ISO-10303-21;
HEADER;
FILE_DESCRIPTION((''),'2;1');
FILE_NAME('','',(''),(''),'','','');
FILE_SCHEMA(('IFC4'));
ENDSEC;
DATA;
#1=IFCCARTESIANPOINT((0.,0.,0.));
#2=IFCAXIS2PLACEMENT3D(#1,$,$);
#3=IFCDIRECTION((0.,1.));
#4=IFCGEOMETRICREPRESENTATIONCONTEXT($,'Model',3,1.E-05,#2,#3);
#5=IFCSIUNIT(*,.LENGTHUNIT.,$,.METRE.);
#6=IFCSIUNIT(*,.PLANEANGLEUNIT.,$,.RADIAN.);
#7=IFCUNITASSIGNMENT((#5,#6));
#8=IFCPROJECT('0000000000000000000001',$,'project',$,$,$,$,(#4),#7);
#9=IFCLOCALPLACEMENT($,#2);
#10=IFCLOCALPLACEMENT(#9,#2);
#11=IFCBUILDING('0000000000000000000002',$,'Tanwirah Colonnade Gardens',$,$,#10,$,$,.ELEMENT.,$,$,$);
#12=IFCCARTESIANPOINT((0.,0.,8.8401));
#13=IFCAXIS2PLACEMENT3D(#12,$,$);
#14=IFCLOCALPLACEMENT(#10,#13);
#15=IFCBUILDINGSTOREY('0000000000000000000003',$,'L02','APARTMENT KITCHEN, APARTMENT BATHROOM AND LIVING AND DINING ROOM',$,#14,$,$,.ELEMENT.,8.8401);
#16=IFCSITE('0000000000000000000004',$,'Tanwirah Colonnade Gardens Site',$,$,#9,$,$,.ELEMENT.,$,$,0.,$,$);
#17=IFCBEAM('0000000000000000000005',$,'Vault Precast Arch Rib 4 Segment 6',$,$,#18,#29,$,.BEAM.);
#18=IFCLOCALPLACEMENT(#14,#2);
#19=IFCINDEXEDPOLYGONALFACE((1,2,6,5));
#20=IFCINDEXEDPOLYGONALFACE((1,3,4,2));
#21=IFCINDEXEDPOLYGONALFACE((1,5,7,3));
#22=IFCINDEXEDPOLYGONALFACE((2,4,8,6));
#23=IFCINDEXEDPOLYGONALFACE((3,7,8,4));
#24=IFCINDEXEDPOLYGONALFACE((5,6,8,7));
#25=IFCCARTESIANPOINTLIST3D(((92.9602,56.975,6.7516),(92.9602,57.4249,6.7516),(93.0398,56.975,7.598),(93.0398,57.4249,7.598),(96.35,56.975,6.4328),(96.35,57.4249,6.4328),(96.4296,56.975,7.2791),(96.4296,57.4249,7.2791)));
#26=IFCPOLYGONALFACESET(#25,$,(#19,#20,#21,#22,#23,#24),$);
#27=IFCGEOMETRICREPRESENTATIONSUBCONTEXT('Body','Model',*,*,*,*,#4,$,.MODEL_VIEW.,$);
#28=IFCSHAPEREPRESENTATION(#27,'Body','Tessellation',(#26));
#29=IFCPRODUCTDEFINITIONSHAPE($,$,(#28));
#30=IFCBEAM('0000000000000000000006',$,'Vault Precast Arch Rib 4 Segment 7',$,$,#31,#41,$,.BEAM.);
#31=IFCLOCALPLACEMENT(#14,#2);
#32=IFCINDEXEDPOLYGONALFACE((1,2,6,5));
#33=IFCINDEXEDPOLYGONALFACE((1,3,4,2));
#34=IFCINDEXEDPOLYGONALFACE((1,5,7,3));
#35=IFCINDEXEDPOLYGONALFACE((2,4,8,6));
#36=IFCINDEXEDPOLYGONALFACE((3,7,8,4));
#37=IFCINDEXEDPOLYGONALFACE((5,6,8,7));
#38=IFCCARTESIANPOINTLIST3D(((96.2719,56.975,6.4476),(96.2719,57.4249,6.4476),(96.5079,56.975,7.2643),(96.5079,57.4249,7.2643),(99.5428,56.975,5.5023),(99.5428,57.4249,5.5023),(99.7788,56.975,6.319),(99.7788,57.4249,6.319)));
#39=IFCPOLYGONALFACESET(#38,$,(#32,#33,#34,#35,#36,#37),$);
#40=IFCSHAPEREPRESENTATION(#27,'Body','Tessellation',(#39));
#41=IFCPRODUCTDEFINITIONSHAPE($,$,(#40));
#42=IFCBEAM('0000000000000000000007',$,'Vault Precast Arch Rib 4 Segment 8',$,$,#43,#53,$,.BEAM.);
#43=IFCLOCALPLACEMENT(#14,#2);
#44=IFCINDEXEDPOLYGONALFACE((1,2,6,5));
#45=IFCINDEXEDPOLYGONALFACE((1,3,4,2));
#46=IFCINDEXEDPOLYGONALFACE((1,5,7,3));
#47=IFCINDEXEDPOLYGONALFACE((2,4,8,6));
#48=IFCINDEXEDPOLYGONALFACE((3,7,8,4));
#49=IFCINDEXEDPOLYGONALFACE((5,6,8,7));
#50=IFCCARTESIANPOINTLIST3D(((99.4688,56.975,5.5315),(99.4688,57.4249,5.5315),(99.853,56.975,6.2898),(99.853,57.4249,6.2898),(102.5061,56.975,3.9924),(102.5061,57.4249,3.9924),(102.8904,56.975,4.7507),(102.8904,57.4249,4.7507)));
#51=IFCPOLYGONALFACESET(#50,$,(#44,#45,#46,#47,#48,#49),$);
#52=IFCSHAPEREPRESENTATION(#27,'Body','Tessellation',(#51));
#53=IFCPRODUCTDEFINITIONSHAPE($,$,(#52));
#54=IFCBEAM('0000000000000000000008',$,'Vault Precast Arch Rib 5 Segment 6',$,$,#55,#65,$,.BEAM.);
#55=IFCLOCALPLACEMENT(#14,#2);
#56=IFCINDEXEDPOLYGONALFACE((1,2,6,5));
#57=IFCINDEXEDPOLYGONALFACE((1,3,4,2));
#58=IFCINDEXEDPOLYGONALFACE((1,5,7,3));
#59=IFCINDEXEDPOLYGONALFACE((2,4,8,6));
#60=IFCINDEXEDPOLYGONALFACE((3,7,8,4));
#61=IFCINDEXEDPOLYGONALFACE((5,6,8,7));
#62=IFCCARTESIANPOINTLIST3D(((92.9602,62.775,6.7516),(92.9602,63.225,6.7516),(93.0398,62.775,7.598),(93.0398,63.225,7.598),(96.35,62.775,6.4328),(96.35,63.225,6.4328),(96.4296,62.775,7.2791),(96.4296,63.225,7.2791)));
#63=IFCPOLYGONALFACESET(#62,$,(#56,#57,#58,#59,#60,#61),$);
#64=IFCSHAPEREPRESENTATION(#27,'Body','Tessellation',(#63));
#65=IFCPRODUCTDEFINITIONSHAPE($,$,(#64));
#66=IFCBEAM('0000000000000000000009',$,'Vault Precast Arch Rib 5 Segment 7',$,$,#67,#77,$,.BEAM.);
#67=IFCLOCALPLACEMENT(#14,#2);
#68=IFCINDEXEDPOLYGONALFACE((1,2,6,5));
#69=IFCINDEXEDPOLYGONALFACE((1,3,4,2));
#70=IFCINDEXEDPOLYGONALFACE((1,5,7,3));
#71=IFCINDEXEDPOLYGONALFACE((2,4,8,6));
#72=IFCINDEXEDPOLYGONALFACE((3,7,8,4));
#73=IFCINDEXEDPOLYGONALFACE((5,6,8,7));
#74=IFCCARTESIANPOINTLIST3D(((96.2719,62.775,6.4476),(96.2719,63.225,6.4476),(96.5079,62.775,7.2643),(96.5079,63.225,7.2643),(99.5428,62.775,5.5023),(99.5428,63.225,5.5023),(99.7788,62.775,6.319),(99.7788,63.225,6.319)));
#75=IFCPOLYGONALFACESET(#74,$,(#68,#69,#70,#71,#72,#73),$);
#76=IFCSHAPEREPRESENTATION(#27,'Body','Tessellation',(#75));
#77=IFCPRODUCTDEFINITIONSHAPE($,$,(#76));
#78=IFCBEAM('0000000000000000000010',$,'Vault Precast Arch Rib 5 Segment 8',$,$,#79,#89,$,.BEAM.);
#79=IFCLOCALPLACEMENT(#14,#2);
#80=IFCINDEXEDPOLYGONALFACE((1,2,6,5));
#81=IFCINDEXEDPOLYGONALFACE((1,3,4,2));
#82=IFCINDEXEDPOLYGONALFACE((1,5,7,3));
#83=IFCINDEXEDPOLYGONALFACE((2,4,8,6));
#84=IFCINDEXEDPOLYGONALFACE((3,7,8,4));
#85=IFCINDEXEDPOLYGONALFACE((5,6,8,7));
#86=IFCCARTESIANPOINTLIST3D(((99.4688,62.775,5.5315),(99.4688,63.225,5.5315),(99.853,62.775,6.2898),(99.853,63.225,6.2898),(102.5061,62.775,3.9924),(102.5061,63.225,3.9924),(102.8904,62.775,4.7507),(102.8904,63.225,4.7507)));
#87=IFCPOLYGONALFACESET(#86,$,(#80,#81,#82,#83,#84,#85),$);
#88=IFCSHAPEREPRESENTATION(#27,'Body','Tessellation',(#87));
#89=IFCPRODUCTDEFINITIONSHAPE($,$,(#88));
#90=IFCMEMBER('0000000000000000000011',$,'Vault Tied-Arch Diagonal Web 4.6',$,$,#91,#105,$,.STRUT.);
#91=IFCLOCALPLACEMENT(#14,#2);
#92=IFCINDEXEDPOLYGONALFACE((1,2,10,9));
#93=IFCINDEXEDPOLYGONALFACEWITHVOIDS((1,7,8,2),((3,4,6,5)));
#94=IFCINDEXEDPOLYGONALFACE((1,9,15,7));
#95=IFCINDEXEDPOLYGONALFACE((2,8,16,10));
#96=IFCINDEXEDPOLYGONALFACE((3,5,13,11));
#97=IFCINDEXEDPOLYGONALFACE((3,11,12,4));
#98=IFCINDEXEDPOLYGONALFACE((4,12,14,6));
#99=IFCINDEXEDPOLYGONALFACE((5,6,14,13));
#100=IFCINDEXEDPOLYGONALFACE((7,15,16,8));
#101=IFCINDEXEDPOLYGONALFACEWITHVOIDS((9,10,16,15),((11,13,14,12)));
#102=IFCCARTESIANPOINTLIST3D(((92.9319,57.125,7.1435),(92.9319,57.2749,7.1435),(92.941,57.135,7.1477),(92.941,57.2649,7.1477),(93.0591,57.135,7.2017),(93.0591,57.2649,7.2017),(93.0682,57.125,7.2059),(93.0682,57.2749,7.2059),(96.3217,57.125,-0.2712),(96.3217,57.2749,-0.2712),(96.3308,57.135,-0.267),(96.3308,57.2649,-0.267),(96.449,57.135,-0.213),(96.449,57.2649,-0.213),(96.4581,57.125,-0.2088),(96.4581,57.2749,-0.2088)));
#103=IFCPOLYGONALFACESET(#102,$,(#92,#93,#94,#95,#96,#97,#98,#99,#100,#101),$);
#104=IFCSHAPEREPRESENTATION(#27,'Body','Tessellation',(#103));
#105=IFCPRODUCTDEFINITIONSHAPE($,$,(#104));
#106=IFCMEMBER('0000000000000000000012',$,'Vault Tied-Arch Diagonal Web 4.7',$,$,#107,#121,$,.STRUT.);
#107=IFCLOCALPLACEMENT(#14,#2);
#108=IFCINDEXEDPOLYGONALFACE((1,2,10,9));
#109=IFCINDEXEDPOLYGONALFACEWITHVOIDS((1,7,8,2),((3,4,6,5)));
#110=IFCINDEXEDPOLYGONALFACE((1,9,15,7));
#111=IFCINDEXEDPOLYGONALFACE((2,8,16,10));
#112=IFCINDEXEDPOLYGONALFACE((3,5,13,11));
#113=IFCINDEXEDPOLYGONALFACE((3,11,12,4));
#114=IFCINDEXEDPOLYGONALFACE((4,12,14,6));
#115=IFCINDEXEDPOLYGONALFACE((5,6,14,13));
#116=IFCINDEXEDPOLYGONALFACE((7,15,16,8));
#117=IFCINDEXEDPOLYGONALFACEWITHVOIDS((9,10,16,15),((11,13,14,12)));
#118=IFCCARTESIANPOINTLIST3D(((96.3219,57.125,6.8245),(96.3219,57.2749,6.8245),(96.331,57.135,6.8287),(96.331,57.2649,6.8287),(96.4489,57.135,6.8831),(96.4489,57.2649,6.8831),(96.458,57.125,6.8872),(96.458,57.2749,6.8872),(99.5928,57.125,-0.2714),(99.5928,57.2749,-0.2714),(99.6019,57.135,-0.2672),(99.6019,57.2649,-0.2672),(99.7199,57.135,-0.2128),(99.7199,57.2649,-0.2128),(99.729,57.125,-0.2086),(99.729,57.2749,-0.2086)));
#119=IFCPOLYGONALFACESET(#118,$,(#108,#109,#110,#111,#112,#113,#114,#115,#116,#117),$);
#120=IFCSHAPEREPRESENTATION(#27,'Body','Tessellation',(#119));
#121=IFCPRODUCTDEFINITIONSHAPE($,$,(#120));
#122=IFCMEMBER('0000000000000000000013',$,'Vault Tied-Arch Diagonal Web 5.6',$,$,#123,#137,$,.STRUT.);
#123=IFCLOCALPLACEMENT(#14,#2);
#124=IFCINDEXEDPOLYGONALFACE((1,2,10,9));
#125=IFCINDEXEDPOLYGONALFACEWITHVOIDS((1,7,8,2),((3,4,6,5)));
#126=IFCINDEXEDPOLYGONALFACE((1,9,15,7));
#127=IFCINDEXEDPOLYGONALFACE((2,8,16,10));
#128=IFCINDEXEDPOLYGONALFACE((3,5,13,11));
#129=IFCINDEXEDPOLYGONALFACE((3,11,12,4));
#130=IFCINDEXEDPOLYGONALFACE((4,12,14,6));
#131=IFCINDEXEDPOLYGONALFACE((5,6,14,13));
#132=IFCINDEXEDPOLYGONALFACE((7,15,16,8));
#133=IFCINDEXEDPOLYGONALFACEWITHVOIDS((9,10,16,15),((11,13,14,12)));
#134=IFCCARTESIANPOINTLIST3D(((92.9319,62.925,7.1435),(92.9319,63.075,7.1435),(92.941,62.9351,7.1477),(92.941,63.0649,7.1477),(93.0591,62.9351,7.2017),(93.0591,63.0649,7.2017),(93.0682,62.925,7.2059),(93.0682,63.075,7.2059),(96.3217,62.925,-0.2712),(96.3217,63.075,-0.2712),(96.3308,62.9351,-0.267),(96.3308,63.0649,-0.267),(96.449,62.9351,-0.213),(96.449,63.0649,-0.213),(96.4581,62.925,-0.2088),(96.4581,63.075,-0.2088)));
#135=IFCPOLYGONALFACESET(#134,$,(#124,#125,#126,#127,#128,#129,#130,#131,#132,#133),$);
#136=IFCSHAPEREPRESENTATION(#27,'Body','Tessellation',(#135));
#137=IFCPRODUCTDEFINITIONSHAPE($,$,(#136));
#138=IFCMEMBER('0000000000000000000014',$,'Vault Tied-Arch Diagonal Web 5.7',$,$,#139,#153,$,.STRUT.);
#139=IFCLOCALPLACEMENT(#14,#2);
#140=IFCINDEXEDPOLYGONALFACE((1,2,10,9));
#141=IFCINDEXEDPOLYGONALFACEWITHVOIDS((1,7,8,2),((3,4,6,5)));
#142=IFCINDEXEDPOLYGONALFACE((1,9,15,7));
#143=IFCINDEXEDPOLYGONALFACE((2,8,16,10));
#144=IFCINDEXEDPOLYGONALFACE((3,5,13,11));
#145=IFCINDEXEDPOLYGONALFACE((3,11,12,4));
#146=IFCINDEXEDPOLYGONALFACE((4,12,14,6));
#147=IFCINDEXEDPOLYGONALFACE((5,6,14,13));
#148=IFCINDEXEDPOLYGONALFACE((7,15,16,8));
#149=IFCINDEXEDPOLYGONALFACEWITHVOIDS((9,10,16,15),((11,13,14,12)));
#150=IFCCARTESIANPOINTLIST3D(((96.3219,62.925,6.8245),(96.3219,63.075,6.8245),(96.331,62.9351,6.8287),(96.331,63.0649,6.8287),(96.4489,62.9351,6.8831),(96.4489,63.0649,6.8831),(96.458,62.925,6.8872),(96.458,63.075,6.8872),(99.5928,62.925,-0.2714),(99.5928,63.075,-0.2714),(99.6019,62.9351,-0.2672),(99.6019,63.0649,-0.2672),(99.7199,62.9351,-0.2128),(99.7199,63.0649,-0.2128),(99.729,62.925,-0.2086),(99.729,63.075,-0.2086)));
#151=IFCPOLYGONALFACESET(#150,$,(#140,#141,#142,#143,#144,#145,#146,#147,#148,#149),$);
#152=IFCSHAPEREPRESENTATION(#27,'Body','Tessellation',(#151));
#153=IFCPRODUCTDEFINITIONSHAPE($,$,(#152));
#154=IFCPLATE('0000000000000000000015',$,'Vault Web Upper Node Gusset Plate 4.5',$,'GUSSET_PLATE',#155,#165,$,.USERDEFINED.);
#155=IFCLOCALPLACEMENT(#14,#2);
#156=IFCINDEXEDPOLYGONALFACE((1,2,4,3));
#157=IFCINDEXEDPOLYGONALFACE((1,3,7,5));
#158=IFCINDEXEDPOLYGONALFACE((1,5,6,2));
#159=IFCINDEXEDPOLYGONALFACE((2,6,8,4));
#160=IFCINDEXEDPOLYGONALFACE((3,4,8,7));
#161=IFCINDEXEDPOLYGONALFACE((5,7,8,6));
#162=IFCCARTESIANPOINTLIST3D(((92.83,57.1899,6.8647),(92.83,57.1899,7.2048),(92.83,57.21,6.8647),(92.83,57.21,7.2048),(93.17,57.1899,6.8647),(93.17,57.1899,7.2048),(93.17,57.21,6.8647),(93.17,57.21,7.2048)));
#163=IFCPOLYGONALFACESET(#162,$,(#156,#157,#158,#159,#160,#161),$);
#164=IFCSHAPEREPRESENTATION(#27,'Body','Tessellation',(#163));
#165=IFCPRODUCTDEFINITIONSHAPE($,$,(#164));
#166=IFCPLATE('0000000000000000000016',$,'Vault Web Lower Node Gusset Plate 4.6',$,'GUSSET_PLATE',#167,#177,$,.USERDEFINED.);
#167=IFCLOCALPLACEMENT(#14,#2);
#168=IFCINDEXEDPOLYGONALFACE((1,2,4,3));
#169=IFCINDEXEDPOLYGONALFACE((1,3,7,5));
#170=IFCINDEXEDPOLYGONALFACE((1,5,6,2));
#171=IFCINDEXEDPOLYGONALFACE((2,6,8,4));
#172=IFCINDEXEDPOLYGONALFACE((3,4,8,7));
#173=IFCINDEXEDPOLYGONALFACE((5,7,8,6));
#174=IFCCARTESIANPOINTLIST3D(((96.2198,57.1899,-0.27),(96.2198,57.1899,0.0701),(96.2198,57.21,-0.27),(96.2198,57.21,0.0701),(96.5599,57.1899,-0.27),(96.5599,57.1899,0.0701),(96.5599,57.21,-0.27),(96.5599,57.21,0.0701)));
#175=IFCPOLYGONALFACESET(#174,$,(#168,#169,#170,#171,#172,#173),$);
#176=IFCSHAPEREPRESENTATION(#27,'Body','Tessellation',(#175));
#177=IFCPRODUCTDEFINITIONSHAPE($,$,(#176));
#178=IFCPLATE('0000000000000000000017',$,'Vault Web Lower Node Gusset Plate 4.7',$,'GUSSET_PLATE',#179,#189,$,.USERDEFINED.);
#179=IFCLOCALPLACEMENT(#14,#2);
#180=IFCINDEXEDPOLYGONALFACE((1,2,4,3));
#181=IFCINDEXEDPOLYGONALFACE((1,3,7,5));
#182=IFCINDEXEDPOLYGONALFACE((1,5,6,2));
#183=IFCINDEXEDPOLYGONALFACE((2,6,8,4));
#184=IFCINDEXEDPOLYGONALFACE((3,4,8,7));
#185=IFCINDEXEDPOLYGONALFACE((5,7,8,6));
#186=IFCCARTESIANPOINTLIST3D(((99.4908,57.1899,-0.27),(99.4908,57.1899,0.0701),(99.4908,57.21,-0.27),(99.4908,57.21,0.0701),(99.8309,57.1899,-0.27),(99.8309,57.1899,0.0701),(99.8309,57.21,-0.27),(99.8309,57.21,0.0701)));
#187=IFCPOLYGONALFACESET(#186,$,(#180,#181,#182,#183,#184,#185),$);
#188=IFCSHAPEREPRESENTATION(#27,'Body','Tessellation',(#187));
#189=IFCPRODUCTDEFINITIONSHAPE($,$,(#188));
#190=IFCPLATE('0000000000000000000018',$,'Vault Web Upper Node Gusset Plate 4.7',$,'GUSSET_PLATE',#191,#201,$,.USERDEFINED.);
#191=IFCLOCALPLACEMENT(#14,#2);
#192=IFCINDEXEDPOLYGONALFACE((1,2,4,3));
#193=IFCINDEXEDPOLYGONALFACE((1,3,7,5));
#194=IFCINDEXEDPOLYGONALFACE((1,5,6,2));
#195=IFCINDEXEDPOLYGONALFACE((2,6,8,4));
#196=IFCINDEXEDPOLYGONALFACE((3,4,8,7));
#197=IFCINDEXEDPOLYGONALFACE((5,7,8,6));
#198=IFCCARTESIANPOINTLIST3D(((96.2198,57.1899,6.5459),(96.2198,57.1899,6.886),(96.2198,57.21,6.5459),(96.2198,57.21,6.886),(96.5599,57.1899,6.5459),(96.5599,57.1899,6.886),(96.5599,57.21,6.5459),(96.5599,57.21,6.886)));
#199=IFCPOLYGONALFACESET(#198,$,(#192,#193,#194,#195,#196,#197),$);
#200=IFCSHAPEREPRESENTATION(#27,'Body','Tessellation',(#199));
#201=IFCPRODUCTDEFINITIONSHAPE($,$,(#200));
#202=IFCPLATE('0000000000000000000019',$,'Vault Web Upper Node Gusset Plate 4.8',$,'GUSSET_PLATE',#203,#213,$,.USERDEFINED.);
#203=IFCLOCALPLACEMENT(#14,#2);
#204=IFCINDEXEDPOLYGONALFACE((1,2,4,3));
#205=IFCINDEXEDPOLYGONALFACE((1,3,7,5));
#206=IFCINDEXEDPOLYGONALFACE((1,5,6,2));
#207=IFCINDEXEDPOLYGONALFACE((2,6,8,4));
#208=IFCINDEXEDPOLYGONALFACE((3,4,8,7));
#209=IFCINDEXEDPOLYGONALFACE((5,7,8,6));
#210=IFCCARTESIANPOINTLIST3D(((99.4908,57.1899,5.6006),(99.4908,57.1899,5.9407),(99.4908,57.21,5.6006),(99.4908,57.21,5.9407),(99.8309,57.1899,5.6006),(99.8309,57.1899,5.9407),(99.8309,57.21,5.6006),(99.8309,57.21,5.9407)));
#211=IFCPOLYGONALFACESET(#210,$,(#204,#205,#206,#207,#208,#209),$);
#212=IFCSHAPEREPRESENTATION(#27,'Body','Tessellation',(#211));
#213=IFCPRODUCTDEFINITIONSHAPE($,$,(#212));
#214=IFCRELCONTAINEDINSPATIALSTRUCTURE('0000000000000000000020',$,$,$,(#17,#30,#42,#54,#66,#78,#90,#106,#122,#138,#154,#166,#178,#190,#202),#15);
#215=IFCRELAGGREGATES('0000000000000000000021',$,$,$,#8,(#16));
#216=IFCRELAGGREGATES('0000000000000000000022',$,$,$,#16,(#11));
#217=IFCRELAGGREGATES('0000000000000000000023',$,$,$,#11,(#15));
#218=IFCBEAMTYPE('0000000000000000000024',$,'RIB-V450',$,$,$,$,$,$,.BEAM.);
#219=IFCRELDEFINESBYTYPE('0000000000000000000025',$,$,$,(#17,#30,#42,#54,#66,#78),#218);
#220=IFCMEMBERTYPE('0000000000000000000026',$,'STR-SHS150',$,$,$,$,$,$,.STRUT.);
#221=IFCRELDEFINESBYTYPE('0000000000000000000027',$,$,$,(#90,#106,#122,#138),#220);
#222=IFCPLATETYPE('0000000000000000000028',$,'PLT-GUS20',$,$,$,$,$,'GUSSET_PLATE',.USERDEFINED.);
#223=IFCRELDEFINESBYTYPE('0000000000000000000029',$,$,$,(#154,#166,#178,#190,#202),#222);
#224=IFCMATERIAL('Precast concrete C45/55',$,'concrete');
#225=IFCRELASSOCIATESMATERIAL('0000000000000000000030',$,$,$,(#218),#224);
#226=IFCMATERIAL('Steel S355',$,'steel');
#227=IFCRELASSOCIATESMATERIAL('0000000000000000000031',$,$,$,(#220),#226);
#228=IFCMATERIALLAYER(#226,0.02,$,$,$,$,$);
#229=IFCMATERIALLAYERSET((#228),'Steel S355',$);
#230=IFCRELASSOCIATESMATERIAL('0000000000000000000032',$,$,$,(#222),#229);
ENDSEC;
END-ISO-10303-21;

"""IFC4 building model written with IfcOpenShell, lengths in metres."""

from ifc_helpers import new_model, si_unit, direction, frame, origin, origin_2d, place, context, subcontext, project, spatial, rectangle, hollow_rectangle, extrude, material, layer, layer_set, material_profile, profile_set, type_object, element, save


model = new_model("IFC4")

# Units and contexts
model_context = context("Model", 3, precision=1e-05, world=origin(), true_north=direction((0.0, 1.0)))
body_context = subcontext(model_context, "Body", "Model", "MODEL_VIEW")
ifc_project = project(units=[si_unit("LENGTHUNIT", "METRE"), si_unit("PLANEANGLEUNIT", "RADIAN")], contexts=[model_context])

# Site, building, storey
site_placement = place(None, origin())
site = spatial("IfcSite", under=ifc_project, at=site_placement, Name="Tanwirah Colonnade Gardens Site", CompositionType="ELEMENT", RefElevation=0.0)
building_placement = place(site_placement, origin())
building = spatial("IfcBuilding", under=site, at=building_placement, Name="Tanwirah Colonnade Gardens", CompositionType="ELEMENT")
storey_placement = place(building_placement, frame((0.0, 0.0, 8.8401)))
storey = spatial("IfcBuildingStorey", under=building, at=storey_placement, Name="L02", Description="APARTMENT KITCHEN, APARTMENT BATHROOM AND LIVING AND DINING ROOM", CompositionType="ELEMENT", Elevation=8.8401)

# Shared definitions
ifc_material_1 = material(Name="Steel S355", Category="steel")

# Beams
ifc_material_2 = material(Name="Precast concrete C45/55", Category="concrete")
ifc_material_profile_1 = material_profile(ifc_material_2, rectangle(XDim=0.45, YDim=0.8501, at=origin_2d()), Name="PC-RIB 450x850")
ifc_profile_set_1 = profile_set([ifc_material_profile_1], Name="Precast concrete C45/55")
beam_type = type_object("IfcBeamType", Name="RIB-V450", PredefinedType="BEAM", material=ifc_profile_set_1)
for number, where, z_axis, x_axis, name in (
    (1, (93.0, 57.2, 7.1748), (0.995606, 0.0, -0.093645), (0.0, 1.0, 0.0), "Vault Precast Arch Rib 4 Segment 6"),
    (2, (96.3899, 57.2, 6.856), (0.960686, 0.0, -0.277637), (0.0, 1.0, 0.0), "Vault Precast Arch Rib 4 Segment 7"),
):
    element("IfcBeam", number, at=place(storey_placement, frame(where, z_axis=z_axis, x_axis=x_axis)), inside=storey, type_object=beam_type, Name=name, PredefinedType="BEAM", context=body_context, shape_type="SweptSolid", body=[
        extrude(rectangle(XDim=0.45, YDim=0.8501, at=origin_2d()), origin(), (0.0, 0.0, 1.0), 3.4048),
    ])
beam_1_placement = place(storey_placement, frame((99.6609, 57.2, 5.9106), z_axis=(0.89202, 0.0, -0.451997), x_axis=(0.0, 1.0, 0.0)))
element("IfcBeam", 3, at=beam_1_placement, inside=storey, type_object=beam_type, Name="Vault Precast Arch Rib 4 Segment 8", PredefinedType="BEAM", context=body_context, shape_type="SweptSolid", body=[
    extrude(rectangle(XDim=0.45, YDim=0.8501, at=origin_2d()), origin(), (0.0, 0.0, 1.0), 3.405),
])
for number, where, z_axis, x_axis, name in (
    (4, (93.0, 63.0, 7.1748), (0.995606, 0.0, -0.093645), (0.0, 1.0, 0.0), "Vault Precast Arch Rib 5 Segment 6"),
    (5, (96.3899, 63.0, 6.856), (0.960686, 0.0, -0.277637), (0.0, 1.0, 0.0), "Vault Precast Arch Rib 5 Segment 7"),
):
    element("IfcBeam", number, at=place(storey_placement, frame(where, z_axis=z_axis, x_axis=x_axis)), inside=storey, type_object=beam_type, Name=name, PredefinedType="BEAM", context=body_context, shape_type="SweptSolid", body=[
        extrude(rectangle(XDim=0.45, YDim=0.8501, at=origin_2d()), origin(), (0.0, 0.0, 1.0), 3.4048),
    ])
beam_2_placement = place(storey_placement, frame((99.6609, 63.0, 5.9106), z_axis=(0.89202, 0.0, -0.451997), x_axis=(0.0, 1.0, 0.0)))
element("IfcBeam", 6, at=beam_2_placement, inside=storey, type_object=beam_type, Name="Vault Precast Arch Rib 5 Segment 8", PredefinedType="BEAM", context=body_context, shape_type="SweptSolid", body=[
    extrude(rectangle(XDim=0.45, YDim=0.8501, at=origin_2d()), origin(), (0.0, 0.0, 1.0), 3.405),
])

# Members
ifc_material_profile_2 = material_profile(ifc_material_1, hollow_rectangle(XDim=0.1499, YDim=0.1499, WallThickness=0.01, at=origin_2d()), Name="SHS 150x150x10")
ifc_profile_set_2 = profile_set([ifc_material_profile_2], Name="Steel S355")
member_type_1 = type_object("IfcMemberType", Name="STR-SHS150", PredefinedType="STRUT", material=ifc_profile_set_2)
member_1_placement = place(storey_placement, frame((96.3899, 57.2, -0.24), z_axis=(-0.415787, 0.0, 0.909462), x_axis=(0.0, -1.0, 0.0)))
element("IfcMember", 7, at=member_1_placement, inside=storey, type_object=member_type_1, Name="Vault Tied-Arch Diagonal Web 4.6", PredefinedType="STRUT", context=body_context, shape_type="SweptSolid", body=[
    extrude(hollow_rectangle(XDim=0.1499, YDim=0.1499, WallThickness=0.01, at=origin_2d()), origin(), (0.0, 0.0, 1.0), 8.1528),
])
member_2_placement = place(storey_placement, frame((99.6609, 57.2, -0.24), z_axis=(-0.41863, 0.0, 0.908157), x_axis=(0.0, -1.0, 0.0)))
element("IfcMember", 8, at=member_2_placement, inside=storey, type_object=member_type_1, Name="Vault Tied-Arch Diagonal Web 4.7", PredefinedType="STRUT", context=body_context, shape_type="SweptSolid", body=[
    extrude(hollow_rectangle(XDim=0.1499, YDim=0.1499, WallThickness=0.01, at=origin_2d()), origin(), (0.0, 0.0, 1.0), 7.8135),
])
member_3_placement = place(storey_placement, frame((96.3899, 63.0, -0.24), z_axis=(-0.415787, 0.0, 0.909462), x_axis=(0.0, -1.0, 0.0)))
element("IfcMember", 9, at=member_3_placement, inside=storey, type_object=member_type_1, Name="Vault Tied-Arch Diagonal Web 5.6", PredefinedType="STRUT", context=body_context, shape_type="SweptSolid", body=[
    extrude(hollow_rectangle(XDim=0.1499, YDim=0.1499, WallThickness=0.01, at=origin_2d()), origin(), (0.0, 0.0, 1.0), 8.1528),
])
member_4_placement = place(storey_placement, frame((99.6609, 63.0, -0.24), z_axis=(-0.41863, 0.0, 0.908157), x_axis=(0.0, -1.0, 0.0)))
element("IfcMember", 10, at=member_4_placement, inside=storey, type_object=member_type_1, Name="Vault Tied-Arch Diagonal Web 5.7", PredefinedType="STRUT", context=body_context, shape_type="SweptSolid", body=[
    extrude(hollow_rectangle(XDim=0.1499, YDim=0.1499, WallThickness=0.01, at=origin_2d()), origin(), (0.0, 0.0, 1.0), 7.8135),
])

# Plates
ifc_layer = layer(ifc_material_1, 0.02)
ifc_layer_set = layer_set([ifc_layer], Name="Steel S355")
plate_type = type_object("IfcPlateType", Name="PLT-GUS20", ElementType="GUSSET_PLATE", PredefinedType="USERDEFINED", material=ifc_layer_set)
for number, where, z_axis, x_axis, name in (
    (11, (93.0, 57.2, 6.8647), (0.0, 0.0, 1.0), (1.0, 0.0, 0.0), "Vault Web Upper Node Gusset Plate 4.5"),
    (12, (96.3899, 57.2, -0.27), (0.0, 0.0, 1.0), (1.0, 0.0, 0.0), "Vault Web Lower Node Gusset Plate 4.6"),
    (13, (99.6609, 57.2, -0.27), (0.0, 0.0, 1.0), (1.0, 0.0, 0.0), "Vault Web Lower Node Gusset Plate 4.7"),
    (14, (96.3899, 57.2, 6.5459), (0.0, 0.0, 1.0), (1.0, 0.0, 0.0), "Vault Web Upper Node Gusset Plate 4.7"),
    (15, (99.6609, 57.2, 5.6006), (0.0, 0.0, 1.0), (1.0, 0.0, 0.0), "Vault Web Upper Node Gusset Plate 4.8"),
):
    element("IfcPlate", number, at=place(storey_placement, frame(where, z_axis=z_axis, x_axis=x_axis)), inside=storey, type_object=plate_type, Name=name, ObjectType="GUSSET_PLATE", PredefinedType="USERDEFINED", context=body_context, shape_type="SweptSolid", body=[
        extrude(rectangle(XDim=0.3401, YDim=0.02, at=origin_2d()), origin(), (0.0, 0.0, 1.0), 0.3401),
    ])

save(model, "model.ifc")
